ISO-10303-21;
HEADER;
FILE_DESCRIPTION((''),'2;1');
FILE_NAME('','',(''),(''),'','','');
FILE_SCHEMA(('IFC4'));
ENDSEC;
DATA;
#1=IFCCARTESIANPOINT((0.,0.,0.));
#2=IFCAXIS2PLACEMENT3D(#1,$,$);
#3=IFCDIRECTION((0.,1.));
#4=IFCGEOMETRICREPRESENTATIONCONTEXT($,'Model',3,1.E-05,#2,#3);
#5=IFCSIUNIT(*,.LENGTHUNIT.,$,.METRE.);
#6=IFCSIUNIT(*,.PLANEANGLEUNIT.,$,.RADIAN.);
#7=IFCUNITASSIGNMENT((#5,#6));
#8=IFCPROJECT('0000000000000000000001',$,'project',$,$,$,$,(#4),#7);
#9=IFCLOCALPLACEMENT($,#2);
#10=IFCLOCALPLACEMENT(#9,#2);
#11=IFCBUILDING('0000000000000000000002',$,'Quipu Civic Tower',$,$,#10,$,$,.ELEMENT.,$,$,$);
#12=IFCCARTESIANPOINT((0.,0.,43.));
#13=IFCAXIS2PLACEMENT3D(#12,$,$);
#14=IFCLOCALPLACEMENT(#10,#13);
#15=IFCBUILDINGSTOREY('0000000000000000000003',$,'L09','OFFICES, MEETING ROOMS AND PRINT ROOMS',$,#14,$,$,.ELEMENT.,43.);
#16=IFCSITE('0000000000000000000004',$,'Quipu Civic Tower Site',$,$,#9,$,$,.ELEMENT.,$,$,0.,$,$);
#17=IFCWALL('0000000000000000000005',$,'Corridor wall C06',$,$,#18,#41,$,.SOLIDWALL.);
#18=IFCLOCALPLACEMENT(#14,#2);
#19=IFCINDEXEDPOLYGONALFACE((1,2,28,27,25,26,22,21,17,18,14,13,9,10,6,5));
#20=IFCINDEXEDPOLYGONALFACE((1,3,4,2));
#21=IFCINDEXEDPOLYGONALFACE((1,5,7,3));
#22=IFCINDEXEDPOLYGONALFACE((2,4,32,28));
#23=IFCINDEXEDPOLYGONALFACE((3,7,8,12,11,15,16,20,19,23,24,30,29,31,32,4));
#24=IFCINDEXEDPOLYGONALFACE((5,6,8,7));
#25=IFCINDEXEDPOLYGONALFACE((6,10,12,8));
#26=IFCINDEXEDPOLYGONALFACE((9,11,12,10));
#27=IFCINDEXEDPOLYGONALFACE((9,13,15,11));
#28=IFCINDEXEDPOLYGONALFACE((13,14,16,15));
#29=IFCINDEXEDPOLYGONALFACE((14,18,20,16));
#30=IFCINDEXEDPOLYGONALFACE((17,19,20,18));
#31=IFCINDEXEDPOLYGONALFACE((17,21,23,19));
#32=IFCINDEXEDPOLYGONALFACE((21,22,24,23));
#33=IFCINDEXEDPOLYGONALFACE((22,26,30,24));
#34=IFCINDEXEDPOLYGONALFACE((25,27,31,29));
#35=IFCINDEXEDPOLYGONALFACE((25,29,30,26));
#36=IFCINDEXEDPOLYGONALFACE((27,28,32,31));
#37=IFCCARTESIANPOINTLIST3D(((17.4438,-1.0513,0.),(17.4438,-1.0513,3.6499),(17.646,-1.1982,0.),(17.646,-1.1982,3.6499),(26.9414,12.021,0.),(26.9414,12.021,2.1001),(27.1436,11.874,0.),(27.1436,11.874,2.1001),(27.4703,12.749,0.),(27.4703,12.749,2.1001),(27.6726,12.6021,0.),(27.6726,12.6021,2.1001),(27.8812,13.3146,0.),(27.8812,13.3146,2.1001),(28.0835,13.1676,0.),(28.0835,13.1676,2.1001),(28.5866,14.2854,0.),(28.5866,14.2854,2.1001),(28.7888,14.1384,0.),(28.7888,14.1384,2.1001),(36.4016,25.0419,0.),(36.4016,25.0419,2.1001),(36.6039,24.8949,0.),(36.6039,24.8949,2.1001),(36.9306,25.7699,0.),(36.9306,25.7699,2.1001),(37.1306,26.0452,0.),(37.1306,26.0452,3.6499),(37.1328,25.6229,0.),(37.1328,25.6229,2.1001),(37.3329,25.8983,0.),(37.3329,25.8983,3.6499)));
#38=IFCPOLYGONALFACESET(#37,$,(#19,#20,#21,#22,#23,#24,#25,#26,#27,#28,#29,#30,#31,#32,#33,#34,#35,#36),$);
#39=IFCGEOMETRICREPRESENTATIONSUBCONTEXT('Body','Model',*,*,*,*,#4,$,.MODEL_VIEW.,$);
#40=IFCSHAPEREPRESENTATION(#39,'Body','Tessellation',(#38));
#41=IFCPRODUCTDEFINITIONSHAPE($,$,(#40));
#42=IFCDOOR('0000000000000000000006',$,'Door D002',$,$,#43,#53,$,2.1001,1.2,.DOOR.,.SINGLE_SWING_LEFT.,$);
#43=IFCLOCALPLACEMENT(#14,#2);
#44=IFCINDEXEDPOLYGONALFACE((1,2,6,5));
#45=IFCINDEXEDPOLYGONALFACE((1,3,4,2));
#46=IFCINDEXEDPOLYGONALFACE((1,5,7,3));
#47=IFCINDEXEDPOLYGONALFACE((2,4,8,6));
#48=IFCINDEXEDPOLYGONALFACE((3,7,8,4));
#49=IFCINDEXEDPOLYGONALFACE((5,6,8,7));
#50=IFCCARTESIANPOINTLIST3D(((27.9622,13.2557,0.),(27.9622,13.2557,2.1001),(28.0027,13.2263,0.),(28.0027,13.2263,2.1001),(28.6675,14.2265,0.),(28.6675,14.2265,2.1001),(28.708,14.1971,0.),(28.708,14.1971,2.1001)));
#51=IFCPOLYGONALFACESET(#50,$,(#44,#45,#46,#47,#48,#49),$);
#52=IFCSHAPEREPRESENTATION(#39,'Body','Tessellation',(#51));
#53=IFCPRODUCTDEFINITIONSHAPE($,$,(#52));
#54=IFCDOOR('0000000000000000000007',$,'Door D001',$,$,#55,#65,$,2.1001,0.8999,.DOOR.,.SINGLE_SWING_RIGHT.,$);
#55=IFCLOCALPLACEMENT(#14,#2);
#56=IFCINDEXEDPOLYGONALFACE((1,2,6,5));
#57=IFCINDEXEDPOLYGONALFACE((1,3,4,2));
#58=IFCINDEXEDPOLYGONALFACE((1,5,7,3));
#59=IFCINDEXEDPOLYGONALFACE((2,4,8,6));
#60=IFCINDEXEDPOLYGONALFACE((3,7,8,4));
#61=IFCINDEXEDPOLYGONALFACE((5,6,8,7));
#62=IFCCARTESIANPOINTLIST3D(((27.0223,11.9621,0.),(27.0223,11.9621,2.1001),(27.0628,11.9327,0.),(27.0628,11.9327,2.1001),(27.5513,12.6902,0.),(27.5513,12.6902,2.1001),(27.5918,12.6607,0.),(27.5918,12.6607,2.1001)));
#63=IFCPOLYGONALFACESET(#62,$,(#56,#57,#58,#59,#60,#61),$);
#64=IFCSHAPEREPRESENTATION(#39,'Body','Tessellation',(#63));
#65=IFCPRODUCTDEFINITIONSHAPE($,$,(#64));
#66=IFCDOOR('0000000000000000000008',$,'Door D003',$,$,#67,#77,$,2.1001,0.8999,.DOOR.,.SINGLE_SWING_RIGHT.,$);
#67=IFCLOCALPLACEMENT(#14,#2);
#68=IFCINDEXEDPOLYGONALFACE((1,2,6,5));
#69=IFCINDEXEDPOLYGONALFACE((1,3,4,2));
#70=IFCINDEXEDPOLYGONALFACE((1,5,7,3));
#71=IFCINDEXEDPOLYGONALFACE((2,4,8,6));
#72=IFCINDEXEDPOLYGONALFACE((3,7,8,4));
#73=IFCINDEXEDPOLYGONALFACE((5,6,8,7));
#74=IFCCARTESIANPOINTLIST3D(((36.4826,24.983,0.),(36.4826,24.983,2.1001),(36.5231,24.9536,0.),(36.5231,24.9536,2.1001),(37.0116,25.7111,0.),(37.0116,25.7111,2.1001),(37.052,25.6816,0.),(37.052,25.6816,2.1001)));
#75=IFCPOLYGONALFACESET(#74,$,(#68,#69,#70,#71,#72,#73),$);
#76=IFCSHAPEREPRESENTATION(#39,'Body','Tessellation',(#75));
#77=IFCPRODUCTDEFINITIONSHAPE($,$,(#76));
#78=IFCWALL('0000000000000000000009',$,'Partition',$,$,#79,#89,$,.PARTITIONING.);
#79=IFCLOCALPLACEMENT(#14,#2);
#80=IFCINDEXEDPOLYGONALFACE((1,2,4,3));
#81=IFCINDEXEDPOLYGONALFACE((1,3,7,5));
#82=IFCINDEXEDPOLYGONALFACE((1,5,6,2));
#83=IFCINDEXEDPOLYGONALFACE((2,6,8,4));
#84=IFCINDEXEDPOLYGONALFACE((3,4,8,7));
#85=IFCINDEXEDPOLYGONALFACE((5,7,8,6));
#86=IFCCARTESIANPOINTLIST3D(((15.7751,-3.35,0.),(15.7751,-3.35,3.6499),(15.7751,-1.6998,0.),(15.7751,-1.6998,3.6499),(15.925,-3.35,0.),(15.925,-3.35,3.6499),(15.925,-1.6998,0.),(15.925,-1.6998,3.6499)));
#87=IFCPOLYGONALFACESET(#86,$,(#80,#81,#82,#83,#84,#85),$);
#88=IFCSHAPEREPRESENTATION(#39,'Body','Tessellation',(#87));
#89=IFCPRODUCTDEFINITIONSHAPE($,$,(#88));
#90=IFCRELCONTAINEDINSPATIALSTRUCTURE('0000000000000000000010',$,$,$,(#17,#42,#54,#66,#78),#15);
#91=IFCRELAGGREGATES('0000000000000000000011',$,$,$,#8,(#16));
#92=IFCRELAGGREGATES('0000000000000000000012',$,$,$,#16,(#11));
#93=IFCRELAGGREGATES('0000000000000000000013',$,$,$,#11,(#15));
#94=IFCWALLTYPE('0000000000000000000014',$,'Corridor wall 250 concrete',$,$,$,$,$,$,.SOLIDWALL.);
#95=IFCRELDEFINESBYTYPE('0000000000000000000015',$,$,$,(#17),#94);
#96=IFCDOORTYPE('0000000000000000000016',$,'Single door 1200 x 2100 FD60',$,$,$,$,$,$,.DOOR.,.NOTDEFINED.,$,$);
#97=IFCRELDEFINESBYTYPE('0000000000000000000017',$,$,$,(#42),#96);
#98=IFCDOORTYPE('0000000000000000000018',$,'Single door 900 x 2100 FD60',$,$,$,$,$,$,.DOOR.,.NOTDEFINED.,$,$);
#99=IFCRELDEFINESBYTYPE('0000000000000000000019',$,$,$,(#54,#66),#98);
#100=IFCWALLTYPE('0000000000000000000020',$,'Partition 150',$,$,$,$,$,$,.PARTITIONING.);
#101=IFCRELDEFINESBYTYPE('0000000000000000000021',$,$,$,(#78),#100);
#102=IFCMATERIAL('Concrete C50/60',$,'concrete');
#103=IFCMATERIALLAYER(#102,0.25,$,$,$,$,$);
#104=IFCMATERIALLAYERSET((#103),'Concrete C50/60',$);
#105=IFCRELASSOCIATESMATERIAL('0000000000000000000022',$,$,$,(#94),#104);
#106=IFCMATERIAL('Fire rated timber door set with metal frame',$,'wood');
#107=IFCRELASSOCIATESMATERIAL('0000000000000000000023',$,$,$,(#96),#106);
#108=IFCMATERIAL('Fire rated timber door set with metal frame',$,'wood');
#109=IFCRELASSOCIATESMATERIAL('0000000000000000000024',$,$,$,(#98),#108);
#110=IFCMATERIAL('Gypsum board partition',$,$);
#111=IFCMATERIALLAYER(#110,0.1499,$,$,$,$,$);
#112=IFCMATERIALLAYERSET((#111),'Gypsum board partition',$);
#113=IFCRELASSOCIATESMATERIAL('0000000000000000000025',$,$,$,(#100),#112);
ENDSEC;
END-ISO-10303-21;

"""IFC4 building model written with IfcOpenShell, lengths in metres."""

from ifc_helpers import new_model, si_unit, direction, frame, frame_2d, origin, place, context, subcontext, project, spatial, rectangle, extrude, material, layer, layer_set, type_object, element, fill, save


model = new_model("IFC4")

# Units and contexts
model_context = context("Model", 3, precision=1e-05, world=origin(), true_north=direction((0.0, 1.0)))
body_context = subcontext(model_context, "Body", "Model", "MODEL_VIEW")
ifc_project = project(units=[si_unit("LENGTHUNIT", "METRE"), si_unit("PLANEANGLEUNIT", "RADIAN")], contexts=[model_context])

# Site, building, storey
site_placement = place(None, origin())
site = spatial("IfcSite", under=ifc_project, at=site_placement, Name="Quipu Civic Tower Site", CompositionType="ELEMENT", RefElevation=0.0)
building_placement = place(site_placement, origin())
building = spatial("IfcBuilding", under=site, at=building_placement, Name="Quipu Civic Tower", CompositionType="ELEMENT")
storey_placement = place(building_placement, frame((0.0, 0.0, 43.0)))
storey = spatial("IfcBuildingStorey", under=building, at=storey_placement, Name="L09", Description="OFFICES, MEETING ROOMS AND PRINT ROOMS", CompositionType="ELEMENT", Elevation=43.0)

# Wall, openings, doors
ifc_material_1 = material(Name="Concrete C50/60", Category="concrete")
ifc_layer_1 = layer(ifc_material_1, 0.25)
ifc_layer_set_1 = layer_set([ifc_layer_1], Name="Concrete C50/60")
wall_type_1 = type_object("IfcWallType", Name="Corridor wall 250 concrete", PredefinedType="SOLIDWALL", material=ifc_layer_set_1)
wall_1_placement = place(storey_placement, frame((17.5449, -1.1248, 0.0), z_axis=(0.0, 0.0, 1.0), x_axis=(0.587786, 0.809016, 0.0)))
wall_1 = element("IfcWall", 1, at=wall_1_placement, inside=storey, type_object=wall_type_1, Name="Corridor wall C06", PredefinedType="SOLIDWALL", context=body_context, shape_type="SweptSolid", body=[
    extrude(rectangle(XDim=33.4932, YDim=0.25, at=frame_2d((16.7466, 0.0))), origin(), (0.0, 0.0, 1.0), 3.6499),
])
opening_1_placement = place(wall_1_placement, frame((16.1582, 0.0, 0.0)))
opening_1 = element("IfcOpeningElement", 2, at=opening_1_placement, cuts=wall_1, PredefinedType="OPENING", context=body_context, shape_type="SweptSolid", body=[
    extrude(rectangle(XDim=0.8999, YDim=2.1001, at=frame_2d((0.45, 1.05))), frame((0.0, 0.135, 0.0), z_axis=(0.0, -1.0, 0.0), x_axis=(1.0, 0.0, 0.0)), (0.0, 0.0, 1.0), 0.27),
])
opening_2_placement = place(wall_1_placement, frame((32.2529, 0.0, 0.0)))
opening_2 = element("IfcOpeningElement", 3, at=opening_2_placement, cuts=wall_1, PredefinedType="OPENING", context=body_context, shape_type="SweptSolid", body=[
    extrude(rectangle(XDim=0.8999, YDim=2.1001, at=frame_2d((0.45, 1.05))), frame((0.0, 0.135, 0.0), z_axis=(0.0, -1.0, 0.0), x_axis=(1.0, 0.0, 0.0)), (0.0, 0.0, 1.0), 0.27),
])
opening_3_placement = place(wall_1_placement, frame((17.7571, 0.0, 0.0)))
opening_3 = element("IfcOpeningElement", 4, at=opening_3_placement, cuts=wall_1, PredefinedType="OPENING", context=body_context, shape_type="SweptSolid", body=[
    extrude(rectangle(XDim=1.2, YDim=2.1001, at=frame_2d((0.6001, 1.05))), frame((0.0, 0.135, 0.0), z_axis=(0.0, -1.0, 0.0), x_axis=(1.0, 0.0, 0.0)), (0.0, 0.0, 1.0), 0.27),
])
ifc_material_2 = material(Name="Fire rated timber door set with metal frame", Category="wood")
door_type_1 = type_object("IfcDoorType", Name="Single door 1200 x 2100 FD60", OperationType="NOTDEFINED", PredefinedType="DOOR", material=ifc_material_2)
door_1_placement = place(opening_3_placement, origin())
door_1 = element("IfcDoor", 5, at=door_1_placement, inside=storey, type_object=door_type_1, Name="Door D002", OperationType="SINGLE_SWING_LEFT", OverallHeight=2.1001, OverallWidth=1.2, PredefinedType="DOOR", context=body_context, shape_type="SweptSolid", body=[
    extrude(rectangle(XDim=1.2, YDim=2.1001, at=frame_2d((0.6001, 1.05))), frame((0.0, 0.0249, 0.0), z_axis=(0.0, -1.0, 0.0), x_axis=(1.0, 0.0, 0.0)), (0.0, 0.0, 1.0), 0.05),
])
fill(opening_3, door_1)
ifc_material_3 = material(Name="Fire rated timber door set with metal frame", Category="wood")
door_type_2 = type_object("IfcDoorType", Name="Single door 900 x 2100 FD60", OperationType="NOTDEFINED", PredefinedType="DOOR", material=ifc_material_3)
door_2_placement = place(opening_1_placement, origin())
door_2 = element("IfcDoor", 6, at=door_2_placement, inside=storey, type_object=door_type_2, Name="Door D001", OperationType="SINGLE_SWING_RIGHT", OverallHeight=2.1001, OverallWidth=0.8999, PredefinedType="DOOR", context=body_context, shape_type="SweptSolid", body=[
    extrude(rectangle(XDim=0.8999, YDim=2.1001, at=frame_2d((0.45, 1.05))), frame((0.0, 0.0249, 0.0), z_axis=(0.0, -1.0, 0.0), x_axis=(1.0, 0.0, 0.0)), (0.0, 0.0, 1.0), 0.05),
])
fill(opening_1, door_2)
door_3_placement = place(opening_2_placement, origin())
door_3 = element("IfcDoor", 7, at=door_3_placement, inside=storey, type_object=door_type_2, Name="Door D003", OperationType="SINGLE_SWING_RIGHT", OverallHeight=2.1001, OverallWidth=0.8999, PredefinedType="DOOR", context=body_context, shape_type="SweptSolid", body=[
    extrude(rectangle(XDim=0.8999, YDim=2.1001, at=frame_2d((0.45, 1.05))), frame((0.0, 0.0249, 0.0), z_axis=(0.0, -1.0, 0.0), x_axis=(1.0, 0.0, 0.0)), (0.0, 0.0, 1.0), 0.05),
])
fill(opening_2, door_3)

# Wall
ifc_material_4 = material(Name="Gypsum board partition")
ifc_layer_2 = layer(ifc_material_4, 0.1499)
ifc_layer_set_2 = layer_set([ifc_layer_2], Name="Gypsum board partition")
wall_type_2 = type_object("IfcWallType", Name="Partition 150", PredefinedType="PARTITIONING", material=ifc_layer_set_2)
wall_2_placement = place(storey_placement, frame((15.8501, -3.3501, 0.0), z_axis=(0.0, 0.0, 1.0), x_axis=(0.0, 1.0, 0.0)))
element("IfcWall", 8, at=wall_2_placement, inside=storey, type_object=wall_type_2, Name="Partition", PredefinedType="PARTITIONING", context=body_context, shape_type="SweptSolid", body=[
    extrude(rectangle(XDim=1.6501, YDim=0.1499, at=frame_2d((0.8252, 0.0))), origin(), (0.0, 0.0, 1.0), 3.6499),
])

save(model, "model.ifc")
